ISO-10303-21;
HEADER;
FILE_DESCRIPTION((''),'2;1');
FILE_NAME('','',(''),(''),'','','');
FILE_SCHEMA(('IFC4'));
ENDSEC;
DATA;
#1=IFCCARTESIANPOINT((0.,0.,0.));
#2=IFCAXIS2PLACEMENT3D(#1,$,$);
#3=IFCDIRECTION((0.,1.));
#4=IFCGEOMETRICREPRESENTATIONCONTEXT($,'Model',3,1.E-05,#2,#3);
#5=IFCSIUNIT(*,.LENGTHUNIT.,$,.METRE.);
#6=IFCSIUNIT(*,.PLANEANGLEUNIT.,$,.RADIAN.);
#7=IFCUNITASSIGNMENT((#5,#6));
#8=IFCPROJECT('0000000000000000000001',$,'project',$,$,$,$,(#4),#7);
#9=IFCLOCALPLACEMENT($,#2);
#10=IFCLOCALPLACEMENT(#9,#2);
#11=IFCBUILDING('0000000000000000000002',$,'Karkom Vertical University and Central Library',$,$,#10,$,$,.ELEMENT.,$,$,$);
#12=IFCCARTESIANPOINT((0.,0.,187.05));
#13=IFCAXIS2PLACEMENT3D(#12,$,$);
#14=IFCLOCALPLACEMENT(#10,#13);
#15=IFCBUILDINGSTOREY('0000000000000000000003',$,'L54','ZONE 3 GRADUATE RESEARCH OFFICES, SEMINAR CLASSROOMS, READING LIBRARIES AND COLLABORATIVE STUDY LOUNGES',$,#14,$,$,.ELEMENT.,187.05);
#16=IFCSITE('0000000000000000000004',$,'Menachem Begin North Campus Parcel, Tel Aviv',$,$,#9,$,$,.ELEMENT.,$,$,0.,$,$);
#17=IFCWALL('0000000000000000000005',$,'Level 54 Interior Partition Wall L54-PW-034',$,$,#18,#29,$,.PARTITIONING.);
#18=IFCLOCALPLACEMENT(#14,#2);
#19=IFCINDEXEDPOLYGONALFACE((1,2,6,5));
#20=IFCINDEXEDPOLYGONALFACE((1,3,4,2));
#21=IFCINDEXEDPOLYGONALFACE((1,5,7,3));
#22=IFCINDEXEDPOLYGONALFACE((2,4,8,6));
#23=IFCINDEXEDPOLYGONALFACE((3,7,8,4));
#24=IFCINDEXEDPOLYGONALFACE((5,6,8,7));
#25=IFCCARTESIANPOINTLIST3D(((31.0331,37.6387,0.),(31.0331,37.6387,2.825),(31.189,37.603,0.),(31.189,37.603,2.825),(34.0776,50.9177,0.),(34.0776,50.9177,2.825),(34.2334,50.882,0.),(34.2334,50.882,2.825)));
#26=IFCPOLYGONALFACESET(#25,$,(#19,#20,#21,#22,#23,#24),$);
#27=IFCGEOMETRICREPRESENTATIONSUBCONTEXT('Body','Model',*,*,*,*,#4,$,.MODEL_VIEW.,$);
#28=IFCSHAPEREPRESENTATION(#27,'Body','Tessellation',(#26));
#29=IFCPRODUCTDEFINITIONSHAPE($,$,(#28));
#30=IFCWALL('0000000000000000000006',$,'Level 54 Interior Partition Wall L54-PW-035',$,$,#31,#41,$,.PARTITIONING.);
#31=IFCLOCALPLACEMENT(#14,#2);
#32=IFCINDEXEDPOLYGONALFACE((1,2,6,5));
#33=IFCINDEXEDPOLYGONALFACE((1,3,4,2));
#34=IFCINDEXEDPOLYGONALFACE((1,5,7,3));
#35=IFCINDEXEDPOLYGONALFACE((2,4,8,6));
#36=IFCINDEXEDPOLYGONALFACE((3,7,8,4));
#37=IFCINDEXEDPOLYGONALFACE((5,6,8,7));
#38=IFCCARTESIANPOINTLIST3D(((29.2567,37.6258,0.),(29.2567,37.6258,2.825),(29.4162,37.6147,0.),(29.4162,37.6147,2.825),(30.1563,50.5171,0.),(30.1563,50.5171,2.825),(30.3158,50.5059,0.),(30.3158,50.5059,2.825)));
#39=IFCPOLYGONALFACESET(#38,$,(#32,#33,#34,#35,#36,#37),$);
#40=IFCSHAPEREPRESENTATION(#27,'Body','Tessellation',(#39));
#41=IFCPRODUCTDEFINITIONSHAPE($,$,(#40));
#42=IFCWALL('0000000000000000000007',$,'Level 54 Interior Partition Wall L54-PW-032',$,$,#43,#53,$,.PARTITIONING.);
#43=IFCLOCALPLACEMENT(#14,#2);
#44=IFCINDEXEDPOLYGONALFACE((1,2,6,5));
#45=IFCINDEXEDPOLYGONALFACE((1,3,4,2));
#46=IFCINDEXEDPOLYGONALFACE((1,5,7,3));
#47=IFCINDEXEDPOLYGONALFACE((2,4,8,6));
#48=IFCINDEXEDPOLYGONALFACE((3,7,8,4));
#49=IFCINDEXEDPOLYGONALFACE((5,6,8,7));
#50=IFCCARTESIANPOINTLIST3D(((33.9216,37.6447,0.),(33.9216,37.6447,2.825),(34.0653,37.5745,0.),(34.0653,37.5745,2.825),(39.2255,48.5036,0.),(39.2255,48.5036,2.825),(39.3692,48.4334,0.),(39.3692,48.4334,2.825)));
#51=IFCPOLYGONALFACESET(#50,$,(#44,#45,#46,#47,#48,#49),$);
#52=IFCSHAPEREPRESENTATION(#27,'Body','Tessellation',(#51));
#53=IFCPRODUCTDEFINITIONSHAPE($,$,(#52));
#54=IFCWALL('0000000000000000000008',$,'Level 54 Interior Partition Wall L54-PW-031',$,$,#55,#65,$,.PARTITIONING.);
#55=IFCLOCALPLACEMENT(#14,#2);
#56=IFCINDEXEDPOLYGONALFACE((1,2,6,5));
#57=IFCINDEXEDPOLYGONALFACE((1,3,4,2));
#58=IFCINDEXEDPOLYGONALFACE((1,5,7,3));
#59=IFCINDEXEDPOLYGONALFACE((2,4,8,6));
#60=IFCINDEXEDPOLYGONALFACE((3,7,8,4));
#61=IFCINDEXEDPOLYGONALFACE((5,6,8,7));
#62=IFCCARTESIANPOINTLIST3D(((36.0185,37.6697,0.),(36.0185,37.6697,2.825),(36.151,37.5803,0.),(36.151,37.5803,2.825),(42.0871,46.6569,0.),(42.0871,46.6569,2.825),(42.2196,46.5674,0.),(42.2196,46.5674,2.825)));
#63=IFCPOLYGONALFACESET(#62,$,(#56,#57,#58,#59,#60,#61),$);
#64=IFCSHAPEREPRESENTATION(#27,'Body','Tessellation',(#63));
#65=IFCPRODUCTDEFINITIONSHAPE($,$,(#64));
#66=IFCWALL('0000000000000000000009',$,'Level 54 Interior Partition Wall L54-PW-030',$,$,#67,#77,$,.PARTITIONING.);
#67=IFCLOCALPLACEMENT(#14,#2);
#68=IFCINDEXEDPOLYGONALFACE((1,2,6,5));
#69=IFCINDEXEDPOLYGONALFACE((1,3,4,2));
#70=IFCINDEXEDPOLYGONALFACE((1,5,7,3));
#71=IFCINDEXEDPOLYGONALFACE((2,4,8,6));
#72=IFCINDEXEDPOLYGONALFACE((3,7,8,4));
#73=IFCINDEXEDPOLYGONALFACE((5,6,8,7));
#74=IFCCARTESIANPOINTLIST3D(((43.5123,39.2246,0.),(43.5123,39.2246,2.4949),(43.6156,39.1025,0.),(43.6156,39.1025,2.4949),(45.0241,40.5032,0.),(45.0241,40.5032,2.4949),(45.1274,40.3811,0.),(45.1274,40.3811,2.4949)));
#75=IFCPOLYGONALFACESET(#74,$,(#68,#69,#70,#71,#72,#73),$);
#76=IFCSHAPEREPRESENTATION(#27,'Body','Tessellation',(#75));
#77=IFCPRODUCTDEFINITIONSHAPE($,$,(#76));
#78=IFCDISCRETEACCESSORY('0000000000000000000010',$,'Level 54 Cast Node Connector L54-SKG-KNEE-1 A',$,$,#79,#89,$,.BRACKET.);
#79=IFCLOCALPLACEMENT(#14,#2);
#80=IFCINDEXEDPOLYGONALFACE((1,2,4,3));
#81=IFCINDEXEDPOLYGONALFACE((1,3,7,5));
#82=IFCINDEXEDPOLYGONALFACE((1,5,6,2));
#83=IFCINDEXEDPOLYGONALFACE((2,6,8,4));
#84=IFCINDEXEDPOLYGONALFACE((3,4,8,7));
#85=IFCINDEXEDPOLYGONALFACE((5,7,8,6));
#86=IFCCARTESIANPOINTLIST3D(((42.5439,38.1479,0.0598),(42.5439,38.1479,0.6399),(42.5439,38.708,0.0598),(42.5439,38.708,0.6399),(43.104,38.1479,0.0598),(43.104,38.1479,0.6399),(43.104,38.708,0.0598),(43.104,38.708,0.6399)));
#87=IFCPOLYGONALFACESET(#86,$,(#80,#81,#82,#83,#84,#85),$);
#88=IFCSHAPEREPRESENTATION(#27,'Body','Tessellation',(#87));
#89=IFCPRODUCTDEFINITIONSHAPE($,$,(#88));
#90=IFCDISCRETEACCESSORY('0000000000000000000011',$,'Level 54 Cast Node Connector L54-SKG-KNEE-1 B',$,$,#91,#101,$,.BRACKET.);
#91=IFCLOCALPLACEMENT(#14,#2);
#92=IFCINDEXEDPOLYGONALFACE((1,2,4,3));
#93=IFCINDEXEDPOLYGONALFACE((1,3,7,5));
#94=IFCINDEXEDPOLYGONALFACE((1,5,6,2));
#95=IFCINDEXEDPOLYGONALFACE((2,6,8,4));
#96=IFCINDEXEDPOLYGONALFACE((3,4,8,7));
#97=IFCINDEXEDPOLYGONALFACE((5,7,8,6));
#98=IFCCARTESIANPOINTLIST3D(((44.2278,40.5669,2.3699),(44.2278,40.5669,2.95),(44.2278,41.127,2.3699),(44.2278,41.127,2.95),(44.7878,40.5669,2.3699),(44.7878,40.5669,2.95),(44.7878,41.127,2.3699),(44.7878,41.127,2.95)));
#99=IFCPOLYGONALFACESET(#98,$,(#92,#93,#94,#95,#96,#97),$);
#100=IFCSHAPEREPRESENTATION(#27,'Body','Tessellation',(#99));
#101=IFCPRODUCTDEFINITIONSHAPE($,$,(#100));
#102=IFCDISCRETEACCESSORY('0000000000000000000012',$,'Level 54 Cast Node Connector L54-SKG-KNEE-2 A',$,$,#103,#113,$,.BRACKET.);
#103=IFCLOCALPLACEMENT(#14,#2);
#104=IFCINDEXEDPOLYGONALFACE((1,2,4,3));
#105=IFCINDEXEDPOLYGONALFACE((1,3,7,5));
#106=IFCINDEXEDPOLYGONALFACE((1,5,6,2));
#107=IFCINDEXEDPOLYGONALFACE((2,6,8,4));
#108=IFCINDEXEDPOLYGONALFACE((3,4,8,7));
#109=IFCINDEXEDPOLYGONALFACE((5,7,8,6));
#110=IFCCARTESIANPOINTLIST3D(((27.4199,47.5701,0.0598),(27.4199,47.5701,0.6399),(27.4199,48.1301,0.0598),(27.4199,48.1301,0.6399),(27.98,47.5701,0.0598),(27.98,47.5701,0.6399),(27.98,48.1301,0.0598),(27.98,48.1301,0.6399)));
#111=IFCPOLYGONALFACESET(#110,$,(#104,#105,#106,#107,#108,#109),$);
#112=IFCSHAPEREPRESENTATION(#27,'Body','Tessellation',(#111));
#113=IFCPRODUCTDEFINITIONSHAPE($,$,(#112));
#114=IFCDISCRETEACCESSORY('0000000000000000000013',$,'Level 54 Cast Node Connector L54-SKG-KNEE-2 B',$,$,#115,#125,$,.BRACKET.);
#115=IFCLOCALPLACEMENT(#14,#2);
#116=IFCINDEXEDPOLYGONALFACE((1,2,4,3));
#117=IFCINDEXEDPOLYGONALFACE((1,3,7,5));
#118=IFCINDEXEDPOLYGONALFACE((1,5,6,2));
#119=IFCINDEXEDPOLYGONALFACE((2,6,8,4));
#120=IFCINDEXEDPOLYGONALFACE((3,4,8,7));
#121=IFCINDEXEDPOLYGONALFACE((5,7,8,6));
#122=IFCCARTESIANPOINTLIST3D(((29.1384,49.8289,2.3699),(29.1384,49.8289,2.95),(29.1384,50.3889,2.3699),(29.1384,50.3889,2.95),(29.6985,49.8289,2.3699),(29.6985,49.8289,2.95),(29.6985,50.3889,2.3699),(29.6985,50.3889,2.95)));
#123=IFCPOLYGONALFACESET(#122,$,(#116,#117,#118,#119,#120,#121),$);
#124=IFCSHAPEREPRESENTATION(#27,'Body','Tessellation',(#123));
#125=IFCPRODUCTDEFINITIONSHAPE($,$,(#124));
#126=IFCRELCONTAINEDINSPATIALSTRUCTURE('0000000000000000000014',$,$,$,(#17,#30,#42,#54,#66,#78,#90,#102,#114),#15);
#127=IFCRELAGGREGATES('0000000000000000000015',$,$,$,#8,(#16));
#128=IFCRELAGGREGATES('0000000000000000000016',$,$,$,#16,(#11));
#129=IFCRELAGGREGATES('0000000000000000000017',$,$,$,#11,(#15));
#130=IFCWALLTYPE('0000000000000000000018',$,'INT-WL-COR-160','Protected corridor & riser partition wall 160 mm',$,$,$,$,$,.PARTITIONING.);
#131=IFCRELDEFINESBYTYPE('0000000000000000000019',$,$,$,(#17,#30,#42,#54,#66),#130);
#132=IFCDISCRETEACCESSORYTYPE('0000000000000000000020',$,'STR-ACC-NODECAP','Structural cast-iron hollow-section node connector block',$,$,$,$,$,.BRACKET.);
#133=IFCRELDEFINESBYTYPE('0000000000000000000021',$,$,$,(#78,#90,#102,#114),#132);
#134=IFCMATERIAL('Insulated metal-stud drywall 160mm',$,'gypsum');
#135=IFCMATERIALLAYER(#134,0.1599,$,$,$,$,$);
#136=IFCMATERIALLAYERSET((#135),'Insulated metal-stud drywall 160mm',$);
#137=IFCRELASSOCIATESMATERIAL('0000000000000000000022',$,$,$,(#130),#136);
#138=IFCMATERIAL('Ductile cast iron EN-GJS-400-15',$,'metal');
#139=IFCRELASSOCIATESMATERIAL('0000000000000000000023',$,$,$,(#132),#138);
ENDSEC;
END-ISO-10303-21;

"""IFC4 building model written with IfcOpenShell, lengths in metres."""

from ifc_helpers import new_model, si_unit, direction, frame, frame_2d, origin, origin_with_axes, origin_2d, place, context, subcontext, project, spatial, rectangle, extrude, source, transform, mapped, material, layer, layer_set, type_object, element, save


model = new_model("IFC4")

# Units and contexts
model_context = context("Model", 3, precision=1e-05, world=origin(), true_north=direction((0.0, 1.0)))
body_context = subcontext(model_context, "Body", "Model", "MODEL_VIEW")
ifc_project = project(units=[si_unit("LENGTHUNIT", "METRE"), si_unit("PLANEANGLEUNIT", "RADIAN")], contexts=[model_context])

# Site, building, storey
site_placement = place(None, origin())
site = spatial("IfcSite", under=ifc_project, at=site_placement, Name="Menachem Begin North Campus Parcel, Tel Aviv", CompositionType="ELEMENT", RefElevation=0.0)
building_placement = place(site_placement, origin())
building = spatial("IfcBuilding", under=site, at=building_placement, Name="Karkom Vertical University and Central Library", CompositionType="ELEMENT")
storey_placement = place(building_placement, frame((0.0, 0.0, 187.05)))
storey = spatial("IfcBuildingStorey", under=building, at=storey_placement, Name="L54", Description="ZONE 3 GRADUATE RESEARCH OFFICES, SEMINAR CLASSROOMS, READING LIBRARIES AND COLLABORATIVE STUDY LOUNGES", CompositionType="ELEMENT", Elevation=187.05)

# Shared definitions
ifc_material_1 = material(Name="Insulated metal-stud drywall 160mm", Category="gypsum")
ifc_layer_1 = layer(ifc_material_1, 0.1599)
ifc_layer_set_1 = layer_set([ifc_layer_1], Name="Insulated metal-stud drywall 160mm")
wall_type_1 = type_object("IfcWallType", Name="INT-WL-COR-160", Description="Protected corridor & riser partition wall 160 mm", PredefinedType="PARTITIONING", material=ifc_layer_set_1)

# Walls
wall_1_placement = place(storey_placement, frame((31.1111, 37.6208, 0.0), z_axis=(0.0, 0.0, 1.0), x_axis=(0.223468, 0.974711, 0.0)))
element("IfcWall", 1, at=wall_1_placement, inside=storey, type_object=wall_type_1, Name="Level 54 Interior Partition Wall L54-PW-034", PredefinedType="PARTITIONING", context=body_context, shape_type="SweptSolid", body=[
    extrude(rectangle(XDim=13.6235, YDim=0.1599, at=frame_2d((6.8118, 0.0))), origin(), (0.0, 0.0, 1.0), 2.825),
])
wall_2_placement = place(storey_placement, frame((29.3364, 37.6201, 0.0), z_axis=(0.0, 0.0, 1.0), x_axis=(0.069618, 0.997574, 0.0)))
element("IfcWall", 2, at=wall_2_placement, inside=storey, type_object=wall_type_1, Name="Level 54 Interior Partition Wall L54-PW-035", PredefinedType="PARTITIONING", context=body_context, shape_type="SweptSolid", body=[
    extrude(rectangle(XDim=12.9226, YDim=0.1599, at=frame_2d((6.4614, 0.0))), origin(), (0.0, 0.0, 1.0), 2.825),
])
wall_3_placement = place(storey_placement, frame((33.9934, 37.6096, 0.0), z_axis=(0.0, 0.0, 1.0), x_axis=(0.438887, 0.898542, 0.0)))
element("IfcWall", 3, at=wall_3_placement, inside=storey, type_object=wall_type_1, Name="Level 54 Interior Partition Wall L54-PW-032", PredefinedType="PARTITIONING", context=body_context, shape_type="SweptSolid", body=[
    extrude(rectangle(XDim=12.085, YDim=0.1599, at=frame_2d((6.0425, 0.0))), origin(), (0.0, 0.0, 1.0), 2.825),
])
wall_4_placement = place(storey_placement, frame((36.0847, 37.625, 0.0), z_axis=(0.0, 0.0, 1.0), x_axis=(0.559621, 0.828749, 0.0)))
element("IfcWall", 4, at=wall_4_placement, inside=storey, type_object=wall_type_1, Name="Level 54 Interior Partition Wall L54-PW-031", PredefinedType="PARTITIONING", context=body_context, shape_type="SweptSolid", body=[
    extrude(rectangle(XDim=10.8442, YDim=0.1599, at=frame_2d((5.4221, 0.0))), origin(), (0.0, 0.0, 1.0), 2.825),
])
wall_5_placement = place(storey_placement, frame((43.564, 39.1636, 0.0), z_axis=(0.0, 0.0, 1.0), x_axis=(0.763531, 0.645771, 0.0)))
element("IfcWall", 5, at=wall_5_placement, inside=storey, type_object=wall_type_1, Name="Level 54 Interior Partition Wall L54-PW-030", PredefinedType="PARTITIONING", context=body_context, shape_type="SweptSolid", body=[
    extrude(rectangle(XDim=1.98, YDim=0.1599, at=frame_2d((0.99, 0.0))), origin(), (0.0, 0.0, 1.0), 2.4949),
])

# Discrete accessories
ifc_material_2 = material(Name="Ductile cast iron EN-GJS-400-15", Category="metal")
discrete_accessory_type = type_object("IfcDiscreteAccessoryType", Name="STR-ACC-NODECAP", Description="Structural cast-iron hollow-section node connector block", PredefinedType="BRACKET", material=ifc_material_2)
shared_shape_1 = source(origin_with_axes(), body_context, "Body", "SweptSolid", [
    extrude(rectangle(XDim=0.5601, YDim=0.5601, at=origin_2d()), origin(), (0.0, 0.0, 1.0), 0.5801),
])
for number, where, z_axis, x_axis, name in (
    (6, (42.824, 38.428, 0.0598), (0.0, 0.0, 1.0), (1.0, 0.0, 0.0), "Level 54 Cast Node Connector L54-SKG-KNEE-1 A"),
    (7, (44.5078, 40.8469, 2.3699), (0.0, 0.0, 1.0), (1.0, 0.0, 0.0), "Level 54 Cast Node Connector L54-SKG-KNEE-1 B"),
    (8, (27.7, 47.8501, 0.0598), (0.0, 0.0, 1.0), (1.0, 0.0, 0.0), "Level 54 Cast Node Connector L54-SKG-KNEE-2 A"),
    (9, (29.4185, 50.1089, 2.3699), (0.0, 0.0, 1.0), (1.0, 0.0, 0.0), "Level 54 Cast Node Connector L54-SKG-KNEE-2 B"),
):
    element("IfcDiscreteAccessory", number, at=place(storey_placement, frame(where, z_axis=z_axis, x_axis=x_axis)), inside=storey, type_object=discrete_accessory_type, Name=name, PredefinedType="BRACKET", context=body_context, shape_type="MappedRepresentation", body=[
        mapped(shared_shape_1, transform((0.0, 0.0, 0.0), scale=1.0)),
    ])

save(model, "model.ifc")
